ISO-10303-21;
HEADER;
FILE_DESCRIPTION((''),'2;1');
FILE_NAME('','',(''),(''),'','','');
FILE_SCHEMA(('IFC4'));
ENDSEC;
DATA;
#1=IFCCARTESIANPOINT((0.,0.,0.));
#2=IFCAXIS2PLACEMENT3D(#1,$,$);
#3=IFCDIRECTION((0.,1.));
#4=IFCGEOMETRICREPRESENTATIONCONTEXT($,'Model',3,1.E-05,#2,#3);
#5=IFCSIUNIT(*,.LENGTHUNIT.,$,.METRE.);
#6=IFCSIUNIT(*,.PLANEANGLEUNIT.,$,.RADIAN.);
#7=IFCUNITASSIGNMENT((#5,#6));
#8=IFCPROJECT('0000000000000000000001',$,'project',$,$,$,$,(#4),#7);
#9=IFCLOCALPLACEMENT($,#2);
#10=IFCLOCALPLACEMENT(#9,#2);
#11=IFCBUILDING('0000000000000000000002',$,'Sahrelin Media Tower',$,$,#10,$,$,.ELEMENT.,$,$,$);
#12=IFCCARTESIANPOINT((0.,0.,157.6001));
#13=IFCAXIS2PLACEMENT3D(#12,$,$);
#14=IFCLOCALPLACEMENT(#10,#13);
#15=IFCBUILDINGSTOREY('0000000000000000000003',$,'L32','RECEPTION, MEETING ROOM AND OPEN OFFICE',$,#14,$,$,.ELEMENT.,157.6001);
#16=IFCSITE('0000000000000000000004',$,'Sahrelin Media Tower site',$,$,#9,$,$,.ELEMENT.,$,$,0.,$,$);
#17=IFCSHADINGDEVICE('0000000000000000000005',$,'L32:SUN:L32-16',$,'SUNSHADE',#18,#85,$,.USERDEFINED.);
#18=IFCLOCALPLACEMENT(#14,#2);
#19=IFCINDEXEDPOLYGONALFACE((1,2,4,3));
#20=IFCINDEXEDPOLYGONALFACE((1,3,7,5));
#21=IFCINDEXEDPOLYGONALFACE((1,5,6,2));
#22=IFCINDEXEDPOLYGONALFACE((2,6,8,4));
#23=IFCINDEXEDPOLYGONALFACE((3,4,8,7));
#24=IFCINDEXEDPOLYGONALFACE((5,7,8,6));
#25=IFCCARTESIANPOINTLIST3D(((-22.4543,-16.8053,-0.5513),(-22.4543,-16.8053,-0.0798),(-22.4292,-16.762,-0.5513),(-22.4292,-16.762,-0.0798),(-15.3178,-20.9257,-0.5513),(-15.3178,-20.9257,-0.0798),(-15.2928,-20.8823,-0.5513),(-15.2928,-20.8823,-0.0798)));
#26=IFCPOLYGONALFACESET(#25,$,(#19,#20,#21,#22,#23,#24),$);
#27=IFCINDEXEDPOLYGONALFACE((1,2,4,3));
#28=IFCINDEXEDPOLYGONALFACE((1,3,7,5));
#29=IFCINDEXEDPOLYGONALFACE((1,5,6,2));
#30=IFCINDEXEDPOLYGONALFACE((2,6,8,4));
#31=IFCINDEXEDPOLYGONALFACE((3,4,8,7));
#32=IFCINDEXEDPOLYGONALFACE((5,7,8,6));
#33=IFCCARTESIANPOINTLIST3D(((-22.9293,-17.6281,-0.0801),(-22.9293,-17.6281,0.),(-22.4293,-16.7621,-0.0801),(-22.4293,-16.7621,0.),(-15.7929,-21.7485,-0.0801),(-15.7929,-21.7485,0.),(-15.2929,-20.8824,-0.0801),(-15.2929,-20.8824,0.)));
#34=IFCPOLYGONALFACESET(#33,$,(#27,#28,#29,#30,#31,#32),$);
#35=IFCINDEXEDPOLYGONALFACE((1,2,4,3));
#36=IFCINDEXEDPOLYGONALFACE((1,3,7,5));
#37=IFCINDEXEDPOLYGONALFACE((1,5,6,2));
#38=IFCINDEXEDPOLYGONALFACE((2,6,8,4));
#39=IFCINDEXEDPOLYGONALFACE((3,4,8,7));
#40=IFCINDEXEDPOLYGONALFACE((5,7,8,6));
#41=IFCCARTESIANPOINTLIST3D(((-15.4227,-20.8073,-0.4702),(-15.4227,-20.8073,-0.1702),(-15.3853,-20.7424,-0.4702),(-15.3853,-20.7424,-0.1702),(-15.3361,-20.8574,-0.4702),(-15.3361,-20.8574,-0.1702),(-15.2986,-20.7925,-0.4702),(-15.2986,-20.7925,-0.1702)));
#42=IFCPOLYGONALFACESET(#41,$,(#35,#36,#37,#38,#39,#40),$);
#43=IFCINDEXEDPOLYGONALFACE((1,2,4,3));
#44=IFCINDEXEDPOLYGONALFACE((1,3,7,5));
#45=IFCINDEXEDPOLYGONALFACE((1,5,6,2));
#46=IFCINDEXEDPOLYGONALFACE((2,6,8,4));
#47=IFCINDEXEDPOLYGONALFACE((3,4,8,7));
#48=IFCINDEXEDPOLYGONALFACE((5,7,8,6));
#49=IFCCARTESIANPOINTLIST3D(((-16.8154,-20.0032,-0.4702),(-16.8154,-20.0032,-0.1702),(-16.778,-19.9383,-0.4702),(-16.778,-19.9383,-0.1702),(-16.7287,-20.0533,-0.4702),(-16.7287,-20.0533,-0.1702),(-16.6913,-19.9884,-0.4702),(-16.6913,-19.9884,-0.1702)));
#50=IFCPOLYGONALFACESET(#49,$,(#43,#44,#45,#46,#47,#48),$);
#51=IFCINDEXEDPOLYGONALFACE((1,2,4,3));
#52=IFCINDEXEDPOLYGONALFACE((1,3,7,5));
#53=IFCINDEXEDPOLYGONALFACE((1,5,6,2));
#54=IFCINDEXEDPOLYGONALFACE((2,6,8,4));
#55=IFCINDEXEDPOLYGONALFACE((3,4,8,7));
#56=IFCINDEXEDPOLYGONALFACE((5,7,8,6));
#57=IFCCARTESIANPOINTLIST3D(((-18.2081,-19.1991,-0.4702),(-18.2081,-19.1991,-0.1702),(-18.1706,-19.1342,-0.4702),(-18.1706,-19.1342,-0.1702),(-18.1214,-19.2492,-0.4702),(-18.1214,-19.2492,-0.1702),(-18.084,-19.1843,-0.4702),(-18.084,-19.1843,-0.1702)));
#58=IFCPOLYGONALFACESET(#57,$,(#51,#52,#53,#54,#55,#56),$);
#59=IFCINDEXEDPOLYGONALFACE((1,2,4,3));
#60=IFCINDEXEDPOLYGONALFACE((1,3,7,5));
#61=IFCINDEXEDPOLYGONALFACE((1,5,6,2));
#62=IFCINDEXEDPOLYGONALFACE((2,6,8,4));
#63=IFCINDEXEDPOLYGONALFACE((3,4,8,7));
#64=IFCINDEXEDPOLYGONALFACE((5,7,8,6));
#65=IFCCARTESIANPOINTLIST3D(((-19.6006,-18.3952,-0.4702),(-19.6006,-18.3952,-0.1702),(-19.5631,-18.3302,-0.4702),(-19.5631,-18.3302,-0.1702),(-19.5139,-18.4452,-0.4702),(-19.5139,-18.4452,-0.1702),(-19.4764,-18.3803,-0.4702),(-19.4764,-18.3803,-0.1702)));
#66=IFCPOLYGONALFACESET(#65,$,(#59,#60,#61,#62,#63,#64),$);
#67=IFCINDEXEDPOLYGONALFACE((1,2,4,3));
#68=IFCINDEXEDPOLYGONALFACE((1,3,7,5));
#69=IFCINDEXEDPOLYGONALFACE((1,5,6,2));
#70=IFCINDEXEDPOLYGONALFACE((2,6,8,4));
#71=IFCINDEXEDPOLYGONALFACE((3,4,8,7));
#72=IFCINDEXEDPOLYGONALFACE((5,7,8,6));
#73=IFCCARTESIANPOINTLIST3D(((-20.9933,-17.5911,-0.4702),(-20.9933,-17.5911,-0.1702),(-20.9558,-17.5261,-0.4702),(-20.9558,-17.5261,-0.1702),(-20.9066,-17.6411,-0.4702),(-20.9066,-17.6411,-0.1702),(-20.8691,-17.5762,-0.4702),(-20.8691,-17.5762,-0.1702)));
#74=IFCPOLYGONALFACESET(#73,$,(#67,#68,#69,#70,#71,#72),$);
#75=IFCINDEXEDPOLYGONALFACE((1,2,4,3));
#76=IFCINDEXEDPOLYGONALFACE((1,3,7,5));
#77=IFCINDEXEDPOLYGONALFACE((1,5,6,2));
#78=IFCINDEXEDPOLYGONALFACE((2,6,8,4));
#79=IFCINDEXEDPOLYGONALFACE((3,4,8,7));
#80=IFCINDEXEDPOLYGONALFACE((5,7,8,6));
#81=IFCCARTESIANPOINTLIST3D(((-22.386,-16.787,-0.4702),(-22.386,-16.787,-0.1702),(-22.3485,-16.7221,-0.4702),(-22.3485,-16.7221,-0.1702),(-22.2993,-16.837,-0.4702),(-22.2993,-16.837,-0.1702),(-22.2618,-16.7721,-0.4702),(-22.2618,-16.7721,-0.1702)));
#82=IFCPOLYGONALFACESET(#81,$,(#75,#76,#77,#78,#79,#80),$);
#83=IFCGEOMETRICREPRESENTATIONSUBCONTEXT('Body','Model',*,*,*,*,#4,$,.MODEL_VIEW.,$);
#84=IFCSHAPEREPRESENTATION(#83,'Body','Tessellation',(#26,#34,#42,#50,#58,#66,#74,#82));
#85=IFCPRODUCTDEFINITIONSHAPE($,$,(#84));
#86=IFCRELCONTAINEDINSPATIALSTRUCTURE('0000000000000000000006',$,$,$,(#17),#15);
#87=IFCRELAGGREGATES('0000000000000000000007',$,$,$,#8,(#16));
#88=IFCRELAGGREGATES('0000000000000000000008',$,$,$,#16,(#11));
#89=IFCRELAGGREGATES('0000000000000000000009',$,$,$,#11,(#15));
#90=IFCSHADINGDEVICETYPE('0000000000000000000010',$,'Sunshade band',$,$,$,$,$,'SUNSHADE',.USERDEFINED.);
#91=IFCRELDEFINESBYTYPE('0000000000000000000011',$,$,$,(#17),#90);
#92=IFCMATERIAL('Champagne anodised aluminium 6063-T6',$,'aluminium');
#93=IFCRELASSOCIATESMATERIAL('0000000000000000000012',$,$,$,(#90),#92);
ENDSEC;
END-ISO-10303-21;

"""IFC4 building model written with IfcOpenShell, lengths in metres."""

from ifc_helpers import new_model, si_unit, direction, frame, origin, origin_2d, place, context, subcontext, project, spatial, rectangle, extrude, material, type_object, element, save


model = new_model("IFC4")

# Units and contexts
model_context = context("Model", 3, precision=1e-05, world=origin(), true_north=direction((0.0, 1.0)))
body_context = subcontext(model_context, "Body", "Model", "MODEL_VIEW")
ifc_project = project(units=[si_unit("LENGTHUNIT", "METRE"), si_unit("PLANEANGLEUNIT", "RADIAN")], contexts=[model_context])

# Site, building, storey
site_placement = place(None, origin())
site = spatial("IfcSite", under=ifc_project, at=site_placement, Name="Sahrelin Media Tower site", CompositionType="ELEMENT", RefElevation=0.0)
building_placement = place(site_placement, origin())
building = spatial("IfcBuilding", under=site, at=building_placement, Name="Sahrelin Media Tower", CompositionType="ELEMENT")
storey_placement = place(building_placement, frame((0.0, 0.0, 157.6001)))
storey = spatial("IfcBuildingStorey", under=building, at=storey_placement, Name="L32", Description="RECEPTION, MEETING ROOM AND OPEN OFFICE", CompositionType="ELEMENT", Elevation=157.6001)

# Shared definitions
ifc_material_1 = material(Name="Champagne anodised aluminium 6063-T6", Category="aluminium")

# Shading device
placement_1 = place(storey_placement, frame((-18.8511, -18.8049, 0.0), z_axis=(0.0, 0.0, 1.0), x_axis=(-0.866019, 0.500011, 0.0)))
shading_device_type_1 = type_object("IfcShadingDeviceType", Name="Sunshade band", ElementType="SUNSHADE", PredefinedType="USERDEFINED", material=ifc_material_1)
element("IfcShadingDevice", 1, at=placement_1, inside=storey, type_object=shading_device_type_1, Name="L32:SUN:L32-16", ObjectType="SUNSHADE", PredefinedType="USERDEFINED", context=body_context, shape_type="SweptSolid", body=[
    extrude(rectangle(XDim=8.2405, YDim=0.05, at=origin_2d()), frame((0.0, 0.0449, -0.5513)), (0.0, 0.0, 1.0), 0.4714),
    extrude(rectangle(XDim=8.2405, YDim=1.0, at=origin_2d()), frame((0.0, 0.52, -0.0801)), (0.0, 0.0, 1.0), 0.0801),
    extrude(rectangle(XDim=0.1001, YDim=0.075, at=origin_2d()), frame((-4.0203, -0.0176, -0.4702)), (0.0, 0.0, 1.0), 0.3),
    extrude(rectangle(XDim=0.1001, YDim=0.075, at=origin_2d()), frame((-2.4121, -0.0176, -0.4702)), (0.0, 0.0, 1.0), 0.3),
    extrude(rectangle(XDim=0.1001, YDim=0.075, at=origin_2d()), frame((-0.804, -0.0176, -0.4702)), (0.0, 0.0, 1.0), 0.3),
    extrude(rectangle(XDim=0.1001, YDim=0.075, at=origin_2d()), frame((0.804, -0.0176, -0.4702)), (0.0, 0.0, 1.0), 0.3),
    extrude(rectangle(XDim=0.1001, YDim=0.075, at=origin_2d()), frame((2.4121, -0.0176, -0.4702)), (0.0, 0.0, 1.0), 0.3),
    extrude(rectangle(XDim=0.1001, YDim=0.075, at=origin_2d()), frame((4.0203, -0.0176, -0.4702)), (0.0, 0.0, 1.0), 0.3),
])

save(model, "model.ifc")
